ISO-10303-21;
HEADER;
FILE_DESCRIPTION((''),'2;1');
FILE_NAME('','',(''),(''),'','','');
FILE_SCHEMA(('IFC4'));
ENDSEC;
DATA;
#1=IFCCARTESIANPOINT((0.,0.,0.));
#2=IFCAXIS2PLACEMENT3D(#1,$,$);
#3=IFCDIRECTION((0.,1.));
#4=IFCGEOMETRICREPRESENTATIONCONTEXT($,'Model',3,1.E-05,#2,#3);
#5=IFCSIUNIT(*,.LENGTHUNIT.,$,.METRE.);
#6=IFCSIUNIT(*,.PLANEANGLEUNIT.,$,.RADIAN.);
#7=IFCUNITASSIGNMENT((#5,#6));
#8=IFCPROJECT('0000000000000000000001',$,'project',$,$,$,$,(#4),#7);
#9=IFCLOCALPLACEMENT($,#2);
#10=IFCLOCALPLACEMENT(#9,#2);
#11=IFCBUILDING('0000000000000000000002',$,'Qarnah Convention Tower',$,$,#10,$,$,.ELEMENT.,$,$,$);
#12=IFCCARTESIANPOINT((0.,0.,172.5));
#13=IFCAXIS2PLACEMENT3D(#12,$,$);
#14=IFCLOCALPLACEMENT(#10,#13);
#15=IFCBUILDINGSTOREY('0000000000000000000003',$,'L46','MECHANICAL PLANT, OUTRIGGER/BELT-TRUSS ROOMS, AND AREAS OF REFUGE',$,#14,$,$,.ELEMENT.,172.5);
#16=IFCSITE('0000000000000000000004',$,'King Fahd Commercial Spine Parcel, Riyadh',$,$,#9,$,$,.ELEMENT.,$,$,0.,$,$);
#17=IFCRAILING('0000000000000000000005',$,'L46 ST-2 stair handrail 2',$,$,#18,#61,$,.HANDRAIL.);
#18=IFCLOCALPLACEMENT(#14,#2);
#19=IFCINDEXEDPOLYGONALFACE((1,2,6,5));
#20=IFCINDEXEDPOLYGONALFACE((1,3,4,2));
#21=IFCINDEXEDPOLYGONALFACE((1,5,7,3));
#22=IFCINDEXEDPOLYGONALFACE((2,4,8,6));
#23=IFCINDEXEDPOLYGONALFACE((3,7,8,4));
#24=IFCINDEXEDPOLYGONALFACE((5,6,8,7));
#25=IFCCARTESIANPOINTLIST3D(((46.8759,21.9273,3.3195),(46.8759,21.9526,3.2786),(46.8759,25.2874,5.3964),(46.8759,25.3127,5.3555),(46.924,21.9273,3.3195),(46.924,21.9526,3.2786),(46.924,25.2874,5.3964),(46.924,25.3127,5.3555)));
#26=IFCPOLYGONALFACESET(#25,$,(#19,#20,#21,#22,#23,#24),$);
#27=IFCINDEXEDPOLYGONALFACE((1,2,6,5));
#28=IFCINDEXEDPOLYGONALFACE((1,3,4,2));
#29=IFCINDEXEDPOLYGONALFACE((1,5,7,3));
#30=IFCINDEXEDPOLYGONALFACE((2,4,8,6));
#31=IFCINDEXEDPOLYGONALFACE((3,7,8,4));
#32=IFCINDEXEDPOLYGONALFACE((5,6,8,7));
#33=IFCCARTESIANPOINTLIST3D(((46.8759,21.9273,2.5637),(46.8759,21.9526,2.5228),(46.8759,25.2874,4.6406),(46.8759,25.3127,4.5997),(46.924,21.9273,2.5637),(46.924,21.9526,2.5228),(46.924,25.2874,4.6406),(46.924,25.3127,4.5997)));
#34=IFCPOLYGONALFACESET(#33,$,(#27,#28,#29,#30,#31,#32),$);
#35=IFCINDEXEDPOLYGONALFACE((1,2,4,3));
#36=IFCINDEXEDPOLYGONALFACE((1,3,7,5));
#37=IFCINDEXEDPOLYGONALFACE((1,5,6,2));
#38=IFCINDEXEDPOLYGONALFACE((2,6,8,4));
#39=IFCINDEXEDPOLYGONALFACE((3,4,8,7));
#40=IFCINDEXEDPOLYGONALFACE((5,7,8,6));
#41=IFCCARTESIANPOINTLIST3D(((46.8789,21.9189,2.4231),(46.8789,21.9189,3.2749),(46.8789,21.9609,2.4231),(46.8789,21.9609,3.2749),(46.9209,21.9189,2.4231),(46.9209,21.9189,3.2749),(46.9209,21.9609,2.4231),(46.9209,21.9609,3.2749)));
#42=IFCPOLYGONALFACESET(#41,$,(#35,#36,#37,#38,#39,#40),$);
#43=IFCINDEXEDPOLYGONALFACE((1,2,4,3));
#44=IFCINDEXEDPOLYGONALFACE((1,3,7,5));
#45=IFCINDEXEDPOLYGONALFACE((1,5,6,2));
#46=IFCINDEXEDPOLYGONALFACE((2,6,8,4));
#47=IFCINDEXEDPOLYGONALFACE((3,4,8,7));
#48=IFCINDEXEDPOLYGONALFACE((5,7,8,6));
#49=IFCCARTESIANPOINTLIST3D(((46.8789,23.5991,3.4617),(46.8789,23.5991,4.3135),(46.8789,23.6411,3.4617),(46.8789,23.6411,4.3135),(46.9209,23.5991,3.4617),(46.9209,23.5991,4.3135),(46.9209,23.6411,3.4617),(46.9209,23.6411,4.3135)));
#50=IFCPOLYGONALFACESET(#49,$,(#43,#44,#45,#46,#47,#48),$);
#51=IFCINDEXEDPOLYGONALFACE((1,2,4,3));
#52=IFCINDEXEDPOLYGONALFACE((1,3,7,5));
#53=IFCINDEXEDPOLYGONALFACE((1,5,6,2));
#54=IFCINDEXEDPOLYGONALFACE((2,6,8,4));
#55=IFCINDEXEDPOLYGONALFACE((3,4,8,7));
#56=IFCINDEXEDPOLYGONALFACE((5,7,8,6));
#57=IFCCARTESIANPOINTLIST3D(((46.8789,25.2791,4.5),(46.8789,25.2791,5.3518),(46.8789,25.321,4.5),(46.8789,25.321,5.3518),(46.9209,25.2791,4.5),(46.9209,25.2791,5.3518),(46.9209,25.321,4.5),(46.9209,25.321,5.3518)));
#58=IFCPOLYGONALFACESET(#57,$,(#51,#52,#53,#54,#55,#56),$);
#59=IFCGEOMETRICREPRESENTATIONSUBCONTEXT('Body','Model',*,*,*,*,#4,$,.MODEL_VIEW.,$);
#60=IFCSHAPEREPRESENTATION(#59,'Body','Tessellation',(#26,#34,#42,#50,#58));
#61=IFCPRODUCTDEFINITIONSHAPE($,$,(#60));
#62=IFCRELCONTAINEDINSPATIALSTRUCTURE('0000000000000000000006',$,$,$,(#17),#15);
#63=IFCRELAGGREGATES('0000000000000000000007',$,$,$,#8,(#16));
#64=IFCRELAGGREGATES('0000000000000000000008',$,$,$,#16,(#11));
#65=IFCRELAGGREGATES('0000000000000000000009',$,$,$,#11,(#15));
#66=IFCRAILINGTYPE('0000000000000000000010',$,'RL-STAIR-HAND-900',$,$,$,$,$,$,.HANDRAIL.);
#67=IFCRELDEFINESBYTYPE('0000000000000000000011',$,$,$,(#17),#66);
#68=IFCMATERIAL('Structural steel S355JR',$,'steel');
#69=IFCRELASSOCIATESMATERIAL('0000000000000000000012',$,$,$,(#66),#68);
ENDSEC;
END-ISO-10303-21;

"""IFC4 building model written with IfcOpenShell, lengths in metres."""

from ifc_helpers import new_model, si_unit, direction, frame, origin, origin_2d, place, context, subcontext, project, spatial, rectangle, extrude, material, type_object, element, save


model = new_model("IFC4")

# Units and contexts
model_context = context("Model", 3, precision=1e-05, world=origin(), true_north=direction((0.0, 1.0)))
body_context = subcontext(model_context, "Body", "Model", "MODEL_VIEW")
ifc_project = project(units=[si_unit("LENGTHUNIT", "METRE"), si_unit("PLANEANGLEUNIT", "RADIAN")], contexts=[model_context])

# Site, building, storey
site_placement = place(None, origin())
site = spatial("IfcSite", under=ifc_project, at=site_placement, Name="King Fahd Commercial Spine Parcel, Riyadh", CompositionType="ELEMENT", RefElevation=0.0)
building_placement = place(site_placement, origin())
building = spatial("IfcBuilding", under=site, at=building_placement, Name="Qarnah Convention Tower", CompositionType="ELEMENT")
storey_placement = place(building_placement, frame((0.0, 0.0, 172.5)))
storey = spatial("IfcBuildingStorey", under=building, at=storey_placement, Name="L46", Description="MECHANICAL PLANT, OUTRIGGER/BELT-TRUSS ROOMS, AND AREAS OF REFUGE", CompositionType="ELEMENT", Elevation=172.5)

# Shared definitions
ifc_material_1 = material(Name="Structural steel S355JR", Category="steel")

# Railing
railing_type_1 = type_object("IfcRailingType", Name="RL-STAIR-HAND-900", PredefinedType="HANDRAIL", material=ifc_material_1)
railing_1_placement = place(storey_placement, frame((46.8999, 21.9399, 2.4231)))
element("IfcRailing", 1, at=railing_1_placement, inside=storey, type_object=railing_type_1, Name="L46 ST-2 stair handrail 2", PredefinedType="HANDRAIL", context=body_context, shape_type="SweptSolid", body=[
    extrude(rectangle(XDim=0.0481, YDim=0.0481, at=origin_2d()), frame((0.0, 0.0, 0.876), z_axis=(0.0, 0.850623, 0.525776), x_axis=(-1.0, 0.0, 0.0)), (0.0, 0.0, 1.0), 3.9502),
    extrude(rectangle(XDim=0.0481, YDim=0.0481, at=origin_2d()), frame((0.0, 0.0, 0.1201), z_axis=(0.0, 0.850623, 0.525776), x_axis=(-1.0, 0.0, 0.0)), (0.0, 0.0, 1.0), 3.9502),
    extrude(rectangle(XDim=0.042, YDim=0.042, at=origin_2d()), origin(), (0.0, 0.0, 1.0), 0.8518),
    extrude(rectangle(XDim=0.042, YDim=0.042, at=origin_2d()), frame((0.0, 1.6802, 1.0386)), (0.0, 0.0, 1.0), 0.8518),
    extrude(rectangle(XDim=0.042, YDim=0.042, at=origin_2d()), frame((0.0, 3.3601, 2.0769)), (0.0, 0.0, 1.0), 0.8518),
])

save(model, "model.ifc")
